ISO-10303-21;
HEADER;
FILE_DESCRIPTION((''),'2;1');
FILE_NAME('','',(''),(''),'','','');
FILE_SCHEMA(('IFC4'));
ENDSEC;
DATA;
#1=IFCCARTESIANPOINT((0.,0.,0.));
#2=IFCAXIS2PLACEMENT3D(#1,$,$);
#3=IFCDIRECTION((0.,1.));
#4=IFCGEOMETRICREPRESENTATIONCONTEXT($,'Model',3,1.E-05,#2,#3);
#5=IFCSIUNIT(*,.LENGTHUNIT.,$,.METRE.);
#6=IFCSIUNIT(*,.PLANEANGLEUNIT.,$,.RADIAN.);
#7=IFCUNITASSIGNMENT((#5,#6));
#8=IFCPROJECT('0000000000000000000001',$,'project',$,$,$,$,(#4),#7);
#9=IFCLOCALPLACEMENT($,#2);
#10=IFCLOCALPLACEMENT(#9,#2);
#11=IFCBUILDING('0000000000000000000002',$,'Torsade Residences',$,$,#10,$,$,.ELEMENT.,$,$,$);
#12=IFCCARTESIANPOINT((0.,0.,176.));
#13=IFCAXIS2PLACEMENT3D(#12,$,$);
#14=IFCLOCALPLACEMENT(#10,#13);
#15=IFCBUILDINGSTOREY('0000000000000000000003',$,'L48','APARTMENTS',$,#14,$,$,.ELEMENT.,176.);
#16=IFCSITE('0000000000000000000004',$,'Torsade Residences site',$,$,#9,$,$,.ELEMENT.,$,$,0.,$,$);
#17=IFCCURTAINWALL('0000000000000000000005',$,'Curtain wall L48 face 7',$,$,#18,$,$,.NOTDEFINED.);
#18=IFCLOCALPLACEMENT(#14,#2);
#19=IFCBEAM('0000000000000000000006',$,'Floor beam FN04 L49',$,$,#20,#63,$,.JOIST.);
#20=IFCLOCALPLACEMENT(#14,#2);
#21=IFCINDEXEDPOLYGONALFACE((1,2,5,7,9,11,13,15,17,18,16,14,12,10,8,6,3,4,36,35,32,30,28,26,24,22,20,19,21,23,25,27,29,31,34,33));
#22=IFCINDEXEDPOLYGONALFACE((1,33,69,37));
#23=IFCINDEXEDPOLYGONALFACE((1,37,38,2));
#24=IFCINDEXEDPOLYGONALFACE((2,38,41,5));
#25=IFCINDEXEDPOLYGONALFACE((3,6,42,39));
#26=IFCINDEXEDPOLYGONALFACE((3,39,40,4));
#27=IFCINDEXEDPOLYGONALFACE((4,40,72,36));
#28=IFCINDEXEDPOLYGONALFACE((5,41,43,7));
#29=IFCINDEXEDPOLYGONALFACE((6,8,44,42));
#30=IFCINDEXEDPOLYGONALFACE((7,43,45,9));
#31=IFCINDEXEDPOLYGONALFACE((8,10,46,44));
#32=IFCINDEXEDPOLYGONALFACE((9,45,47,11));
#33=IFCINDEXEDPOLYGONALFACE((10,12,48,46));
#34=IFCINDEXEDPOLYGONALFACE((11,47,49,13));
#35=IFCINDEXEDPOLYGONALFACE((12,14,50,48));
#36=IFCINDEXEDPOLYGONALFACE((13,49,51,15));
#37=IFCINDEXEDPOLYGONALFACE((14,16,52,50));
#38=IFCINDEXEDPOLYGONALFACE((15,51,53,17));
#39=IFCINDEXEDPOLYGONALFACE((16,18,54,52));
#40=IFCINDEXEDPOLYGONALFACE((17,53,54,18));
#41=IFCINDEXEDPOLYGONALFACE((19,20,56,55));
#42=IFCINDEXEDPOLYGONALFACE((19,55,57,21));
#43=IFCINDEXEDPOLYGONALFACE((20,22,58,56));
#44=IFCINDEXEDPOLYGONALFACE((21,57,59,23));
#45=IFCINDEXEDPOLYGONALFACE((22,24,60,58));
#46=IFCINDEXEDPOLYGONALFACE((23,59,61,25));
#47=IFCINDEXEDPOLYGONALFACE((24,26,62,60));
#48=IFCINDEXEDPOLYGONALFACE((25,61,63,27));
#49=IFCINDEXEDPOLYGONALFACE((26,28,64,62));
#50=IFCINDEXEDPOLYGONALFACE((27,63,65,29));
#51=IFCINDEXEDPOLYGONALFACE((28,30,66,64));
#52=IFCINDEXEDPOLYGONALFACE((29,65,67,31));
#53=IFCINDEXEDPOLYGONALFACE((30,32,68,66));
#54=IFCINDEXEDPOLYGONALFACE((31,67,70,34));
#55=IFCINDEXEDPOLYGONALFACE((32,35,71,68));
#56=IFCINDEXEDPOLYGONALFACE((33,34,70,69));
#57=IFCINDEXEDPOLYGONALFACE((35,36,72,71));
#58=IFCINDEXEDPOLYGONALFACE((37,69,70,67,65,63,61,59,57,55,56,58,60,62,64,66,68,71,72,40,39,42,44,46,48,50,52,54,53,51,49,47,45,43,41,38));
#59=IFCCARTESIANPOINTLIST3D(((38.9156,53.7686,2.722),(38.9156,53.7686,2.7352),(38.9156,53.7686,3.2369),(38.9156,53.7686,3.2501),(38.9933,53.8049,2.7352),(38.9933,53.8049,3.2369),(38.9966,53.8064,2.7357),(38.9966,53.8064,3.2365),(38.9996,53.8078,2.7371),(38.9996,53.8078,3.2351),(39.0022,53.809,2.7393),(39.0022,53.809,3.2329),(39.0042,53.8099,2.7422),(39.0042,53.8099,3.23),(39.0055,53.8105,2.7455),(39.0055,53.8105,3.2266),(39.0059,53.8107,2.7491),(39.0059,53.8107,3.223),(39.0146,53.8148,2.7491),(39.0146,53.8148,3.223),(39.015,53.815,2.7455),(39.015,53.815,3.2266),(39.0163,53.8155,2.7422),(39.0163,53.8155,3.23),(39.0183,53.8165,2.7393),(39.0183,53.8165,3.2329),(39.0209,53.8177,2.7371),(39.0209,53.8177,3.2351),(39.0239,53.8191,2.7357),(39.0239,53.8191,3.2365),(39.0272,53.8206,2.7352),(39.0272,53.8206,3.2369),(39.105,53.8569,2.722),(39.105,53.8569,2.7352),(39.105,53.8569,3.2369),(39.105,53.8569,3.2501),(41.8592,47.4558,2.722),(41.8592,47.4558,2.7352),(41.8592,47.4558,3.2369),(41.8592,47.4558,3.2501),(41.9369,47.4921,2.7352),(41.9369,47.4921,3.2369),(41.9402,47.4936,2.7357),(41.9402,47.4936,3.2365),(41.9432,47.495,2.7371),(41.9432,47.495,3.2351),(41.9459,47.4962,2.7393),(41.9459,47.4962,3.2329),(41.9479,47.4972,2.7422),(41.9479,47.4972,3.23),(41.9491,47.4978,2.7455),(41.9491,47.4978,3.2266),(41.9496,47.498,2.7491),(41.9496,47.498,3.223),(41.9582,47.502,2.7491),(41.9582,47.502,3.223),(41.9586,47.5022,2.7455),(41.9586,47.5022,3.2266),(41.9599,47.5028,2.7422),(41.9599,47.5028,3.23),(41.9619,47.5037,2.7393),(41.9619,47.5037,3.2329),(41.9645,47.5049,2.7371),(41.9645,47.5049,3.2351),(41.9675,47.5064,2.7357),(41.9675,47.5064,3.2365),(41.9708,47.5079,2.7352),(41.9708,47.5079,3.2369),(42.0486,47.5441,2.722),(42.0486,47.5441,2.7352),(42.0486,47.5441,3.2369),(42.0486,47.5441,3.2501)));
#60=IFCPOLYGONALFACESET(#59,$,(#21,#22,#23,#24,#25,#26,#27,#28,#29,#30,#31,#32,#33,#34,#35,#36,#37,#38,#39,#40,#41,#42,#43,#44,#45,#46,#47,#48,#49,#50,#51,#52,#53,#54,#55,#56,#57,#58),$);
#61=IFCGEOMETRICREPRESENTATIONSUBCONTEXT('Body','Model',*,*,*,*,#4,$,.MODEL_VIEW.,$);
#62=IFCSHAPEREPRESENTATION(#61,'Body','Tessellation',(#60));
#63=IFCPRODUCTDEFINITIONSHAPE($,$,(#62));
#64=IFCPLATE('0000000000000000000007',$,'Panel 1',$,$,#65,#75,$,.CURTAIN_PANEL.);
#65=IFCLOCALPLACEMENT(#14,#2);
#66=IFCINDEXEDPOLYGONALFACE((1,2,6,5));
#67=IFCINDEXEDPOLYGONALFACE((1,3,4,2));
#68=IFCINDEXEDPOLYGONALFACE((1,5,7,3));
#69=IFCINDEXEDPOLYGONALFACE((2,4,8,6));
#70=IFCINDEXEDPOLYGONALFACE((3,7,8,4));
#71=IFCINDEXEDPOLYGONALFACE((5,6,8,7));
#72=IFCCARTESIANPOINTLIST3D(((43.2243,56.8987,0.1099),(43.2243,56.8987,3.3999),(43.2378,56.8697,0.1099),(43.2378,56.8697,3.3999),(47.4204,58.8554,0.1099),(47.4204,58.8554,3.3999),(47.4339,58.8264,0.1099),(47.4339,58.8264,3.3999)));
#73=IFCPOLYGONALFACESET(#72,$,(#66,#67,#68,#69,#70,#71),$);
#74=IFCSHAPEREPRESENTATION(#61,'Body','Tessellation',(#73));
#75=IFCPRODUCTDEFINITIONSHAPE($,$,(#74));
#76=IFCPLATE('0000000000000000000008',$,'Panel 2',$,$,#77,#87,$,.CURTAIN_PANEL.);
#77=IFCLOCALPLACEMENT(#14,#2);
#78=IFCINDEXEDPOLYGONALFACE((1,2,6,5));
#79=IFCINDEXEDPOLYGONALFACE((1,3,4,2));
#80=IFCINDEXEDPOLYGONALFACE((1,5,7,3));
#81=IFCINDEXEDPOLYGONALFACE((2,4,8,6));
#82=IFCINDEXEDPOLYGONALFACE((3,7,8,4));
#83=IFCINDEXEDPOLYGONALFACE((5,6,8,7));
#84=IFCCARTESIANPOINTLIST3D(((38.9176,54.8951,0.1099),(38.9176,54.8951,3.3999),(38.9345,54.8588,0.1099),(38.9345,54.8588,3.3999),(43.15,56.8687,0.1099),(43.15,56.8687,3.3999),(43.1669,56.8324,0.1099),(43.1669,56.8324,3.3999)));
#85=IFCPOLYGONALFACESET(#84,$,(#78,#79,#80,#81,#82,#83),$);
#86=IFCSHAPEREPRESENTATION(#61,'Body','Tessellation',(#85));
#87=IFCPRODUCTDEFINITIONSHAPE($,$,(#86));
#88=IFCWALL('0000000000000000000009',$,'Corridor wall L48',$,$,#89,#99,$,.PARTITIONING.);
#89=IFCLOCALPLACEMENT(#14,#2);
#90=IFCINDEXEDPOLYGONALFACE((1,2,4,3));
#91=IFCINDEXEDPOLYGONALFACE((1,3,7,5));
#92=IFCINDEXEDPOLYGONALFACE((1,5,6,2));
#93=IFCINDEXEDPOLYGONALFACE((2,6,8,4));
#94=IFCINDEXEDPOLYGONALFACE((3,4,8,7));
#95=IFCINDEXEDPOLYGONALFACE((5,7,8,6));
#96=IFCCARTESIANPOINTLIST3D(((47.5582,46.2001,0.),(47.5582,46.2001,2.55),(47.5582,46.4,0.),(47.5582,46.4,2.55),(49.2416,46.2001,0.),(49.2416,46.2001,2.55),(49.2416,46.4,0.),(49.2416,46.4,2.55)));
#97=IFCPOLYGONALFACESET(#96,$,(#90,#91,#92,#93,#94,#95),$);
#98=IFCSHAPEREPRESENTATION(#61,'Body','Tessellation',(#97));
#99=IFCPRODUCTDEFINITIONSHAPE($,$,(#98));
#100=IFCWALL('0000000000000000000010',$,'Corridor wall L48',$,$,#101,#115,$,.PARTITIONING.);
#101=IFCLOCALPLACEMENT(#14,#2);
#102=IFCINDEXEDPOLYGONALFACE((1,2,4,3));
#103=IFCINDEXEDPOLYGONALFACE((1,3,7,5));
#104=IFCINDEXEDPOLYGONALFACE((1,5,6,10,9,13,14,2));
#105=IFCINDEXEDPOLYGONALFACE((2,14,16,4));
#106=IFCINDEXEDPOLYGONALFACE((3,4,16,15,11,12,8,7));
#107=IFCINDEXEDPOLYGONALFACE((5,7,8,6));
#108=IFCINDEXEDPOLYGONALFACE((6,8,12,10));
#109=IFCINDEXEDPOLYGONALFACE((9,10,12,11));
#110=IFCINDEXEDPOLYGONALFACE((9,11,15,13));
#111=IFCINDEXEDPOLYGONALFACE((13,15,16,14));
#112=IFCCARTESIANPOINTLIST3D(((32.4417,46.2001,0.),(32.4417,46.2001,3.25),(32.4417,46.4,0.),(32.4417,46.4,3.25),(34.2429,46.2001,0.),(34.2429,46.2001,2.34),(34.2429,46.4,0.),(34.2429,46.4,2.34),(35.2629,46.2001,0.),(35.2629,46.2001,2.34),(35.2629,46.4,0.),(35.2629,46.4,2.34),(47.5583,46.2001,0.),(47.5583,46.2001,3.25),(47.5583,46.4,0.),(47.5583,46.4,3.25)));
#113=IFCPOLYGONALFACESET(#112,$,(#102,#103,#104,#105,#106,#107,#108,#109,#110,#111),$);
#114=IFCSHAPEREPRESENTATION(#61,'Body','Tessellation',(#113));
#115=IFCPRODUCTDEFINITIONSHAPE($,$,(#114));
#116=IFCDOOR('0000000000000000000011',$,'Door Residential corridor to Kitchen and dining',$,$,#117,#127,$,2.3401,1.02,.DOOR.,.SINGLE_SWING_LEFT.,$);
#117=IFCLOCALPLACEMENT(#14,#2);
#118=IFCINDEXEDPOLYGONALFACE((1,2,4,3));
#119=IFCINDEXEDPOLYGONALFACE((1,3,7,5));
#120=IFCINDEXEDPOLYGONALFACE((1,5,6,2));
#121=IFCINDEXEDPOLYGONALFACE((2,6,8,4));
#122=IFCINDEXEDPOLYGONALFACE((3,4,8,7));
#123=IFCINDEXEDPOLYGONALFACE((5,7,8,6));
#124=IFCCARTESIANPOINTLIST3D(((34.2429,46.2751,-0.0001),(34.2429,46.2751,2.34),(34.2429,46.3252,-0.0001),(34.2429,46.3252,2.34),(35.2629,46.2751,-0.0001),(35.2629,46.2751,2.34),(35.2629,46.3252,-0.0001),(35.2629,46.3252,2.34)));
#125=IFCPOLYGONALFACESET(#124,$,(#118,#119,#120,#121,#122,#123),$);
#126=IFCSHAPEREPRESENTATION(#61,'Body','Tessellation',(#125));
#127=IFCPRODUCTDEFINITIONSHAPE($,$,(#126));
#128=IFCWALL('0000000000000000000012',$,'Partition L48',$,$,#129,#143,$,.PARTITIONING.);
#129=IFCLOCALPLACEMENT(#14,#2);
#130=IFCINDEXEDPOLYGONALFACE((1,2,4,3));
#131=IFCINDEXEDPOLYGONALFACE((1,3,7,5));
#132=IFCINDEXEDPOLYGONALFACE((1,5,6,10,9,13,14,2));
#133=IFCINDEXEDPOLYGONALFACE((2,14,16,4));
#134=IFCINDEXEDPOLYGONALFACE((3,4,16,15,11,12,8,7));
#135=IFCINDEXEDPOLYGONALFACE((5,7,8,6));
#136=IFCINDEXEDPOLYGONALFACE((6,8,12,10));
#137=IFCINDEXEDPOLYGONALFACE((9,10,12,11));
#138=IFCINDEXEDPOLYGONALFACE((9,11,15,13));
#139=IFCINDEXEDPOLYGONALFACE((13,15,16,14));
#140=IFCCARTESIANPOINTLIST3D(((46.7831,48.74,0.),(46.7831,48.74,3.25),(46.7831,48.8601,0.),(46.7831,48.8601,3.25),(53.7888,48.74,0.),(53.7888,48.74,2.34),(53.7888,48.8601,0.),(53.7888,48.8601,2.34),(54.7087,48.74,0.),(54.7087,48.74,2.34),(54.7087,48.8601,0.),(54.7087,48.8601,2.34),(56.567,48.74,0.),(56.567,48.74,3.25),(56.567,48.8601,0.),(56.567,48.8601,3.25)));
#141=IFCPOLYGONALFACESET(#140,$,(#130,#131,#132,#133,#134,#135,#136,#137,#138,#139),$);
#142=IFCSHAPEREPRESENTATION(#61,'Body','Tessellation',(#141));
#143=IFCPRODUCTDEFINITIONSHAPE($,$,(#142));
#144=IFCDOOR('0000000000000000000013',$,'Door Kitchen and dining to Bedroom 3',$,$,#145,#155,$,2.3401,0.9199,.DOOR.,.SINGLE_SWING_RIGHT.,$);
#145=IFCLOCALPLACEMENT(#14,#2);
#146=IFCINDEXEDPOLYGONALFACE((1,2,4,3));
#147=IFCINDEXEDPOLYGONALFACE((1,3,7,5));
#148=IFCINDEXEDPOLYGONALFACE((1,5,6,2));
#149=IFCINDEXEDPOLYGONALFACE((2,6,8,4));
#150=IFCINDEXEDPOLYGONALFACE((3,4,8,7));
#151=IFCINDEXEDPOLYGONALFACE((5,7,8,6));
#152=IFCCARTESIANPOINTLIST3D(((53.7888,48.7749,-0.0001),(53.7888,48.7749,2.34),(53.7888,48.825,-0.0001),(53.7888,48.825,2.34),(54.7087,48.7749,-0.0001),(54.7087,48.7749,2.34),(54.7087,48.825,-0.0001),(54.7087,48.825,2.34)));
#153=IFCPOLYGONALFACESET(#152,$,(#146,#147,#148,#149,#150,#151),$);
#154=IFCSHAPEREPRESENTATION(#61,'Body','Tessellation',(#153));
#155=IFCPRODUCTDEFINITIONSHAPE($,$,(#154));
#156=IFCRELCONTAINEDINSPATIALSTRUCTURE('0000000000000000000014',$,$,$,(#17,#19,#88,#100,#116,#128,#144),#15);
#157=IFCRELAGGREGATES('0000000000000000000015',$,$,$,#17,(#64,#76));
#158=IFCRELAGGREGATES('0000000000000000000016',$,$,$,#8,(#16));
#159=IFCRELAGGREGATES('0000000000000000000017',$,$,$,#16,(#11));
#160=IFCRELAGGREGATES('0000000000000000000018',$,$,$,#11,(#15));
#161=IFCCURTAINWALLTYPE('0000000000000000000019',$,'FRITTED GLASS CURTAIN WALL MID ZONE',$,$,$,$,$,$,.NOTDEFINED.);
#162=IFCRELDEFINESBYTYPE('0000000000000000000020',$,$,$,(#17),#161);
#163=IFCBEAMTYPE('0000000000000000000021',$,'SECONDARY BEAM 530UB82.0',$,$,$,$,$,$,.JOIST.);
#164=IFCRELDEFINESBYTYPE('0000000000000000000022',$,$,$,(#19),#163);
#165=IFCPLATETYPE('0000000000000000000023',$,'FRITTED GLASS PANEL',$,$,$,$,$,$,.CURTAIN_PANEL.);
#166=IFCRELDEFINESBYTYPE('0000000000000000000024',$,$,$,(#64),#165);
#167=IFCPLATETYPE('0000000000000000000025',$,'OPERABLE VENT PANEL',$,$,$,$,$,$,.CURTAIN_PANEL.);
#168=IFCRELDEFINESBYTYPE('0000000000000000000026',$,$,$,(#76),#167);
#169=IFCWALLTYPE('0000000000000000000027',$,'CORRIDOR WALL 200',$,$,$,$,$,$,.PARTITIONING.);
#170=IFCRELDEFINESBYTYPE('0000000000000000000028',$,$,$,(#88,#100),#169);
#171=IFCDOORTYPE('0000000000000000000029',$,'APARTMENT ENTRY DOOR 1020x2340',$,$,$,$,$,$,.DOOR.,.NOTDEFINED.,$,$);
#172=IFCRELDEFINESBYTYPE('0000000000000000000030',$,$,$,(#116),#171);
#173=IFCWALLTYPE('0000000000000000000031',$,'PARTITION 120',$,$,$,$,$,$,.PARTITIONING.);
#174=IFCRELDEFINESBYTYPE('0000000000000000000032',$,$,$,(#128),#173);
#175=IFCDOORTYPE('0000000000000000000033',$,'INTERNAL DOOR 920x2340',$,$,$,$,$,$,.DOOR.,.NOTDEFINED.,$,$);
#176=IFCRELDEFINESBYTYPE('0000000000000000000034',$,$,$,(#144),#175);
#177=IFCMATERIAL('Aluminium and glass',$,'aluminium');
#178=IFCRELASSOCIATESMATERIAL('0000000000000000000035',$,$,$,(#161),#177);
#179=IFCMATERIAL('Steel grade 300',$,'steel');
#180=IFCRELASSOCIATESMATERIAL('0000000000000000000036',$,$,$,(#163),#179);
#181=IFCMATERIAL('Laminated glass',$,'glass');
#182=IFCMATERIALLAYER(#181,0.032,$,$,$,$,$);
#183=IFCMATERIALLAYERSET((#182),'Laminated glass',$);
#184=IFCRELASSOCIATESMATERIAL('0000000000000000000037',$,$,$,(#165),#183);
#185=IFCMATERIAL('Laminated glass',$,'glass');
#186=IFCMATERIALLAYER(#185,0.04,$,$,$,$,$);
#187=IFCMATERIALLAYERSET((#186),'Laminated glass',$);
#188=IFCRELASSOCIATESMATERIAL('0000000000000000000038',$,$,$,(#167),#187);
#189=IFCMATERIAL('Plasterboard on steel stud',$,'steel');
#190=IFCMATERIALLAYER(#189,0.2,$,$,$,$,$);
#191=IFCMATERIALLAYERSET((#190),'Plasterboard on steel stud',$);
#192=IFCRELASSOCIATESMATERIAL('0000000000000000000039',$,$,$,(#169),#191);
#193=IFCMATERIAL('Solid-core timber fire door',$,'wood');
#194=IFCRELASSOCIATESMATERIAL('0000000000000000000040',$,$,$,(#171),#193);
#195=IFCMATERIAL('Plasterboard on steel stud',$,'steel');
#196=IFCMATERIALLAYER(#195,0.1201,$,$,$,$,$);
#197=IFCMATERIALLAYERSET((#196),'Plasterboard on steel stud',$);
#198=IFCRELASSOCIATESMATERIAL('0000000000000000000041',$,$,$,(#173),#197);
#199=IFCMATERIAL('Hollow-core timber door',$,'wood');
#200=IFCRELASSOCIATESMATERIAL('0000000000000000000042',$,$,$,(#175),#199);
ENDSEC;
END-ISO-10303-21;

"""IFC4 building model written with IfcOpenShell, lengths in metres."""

from ifc_helpers import new_model, si_unit, direction, frame, frame_2d, origin, origin_2d, place, context, subcontext, project, spatial, rectangle, i_section, extrude, material, layer, layer_set, material_profile, profile_set, type_object, element, fill, aggregate, save


model = new_model("IFC4")

# Units and contexts
model_context = context("Model", 3, precision=1e-05, world=origin(), true_north=direction((0.0, 1.0)))
body_context = subcontext(model_context, "Body", "Model", "MODEL_VIEW")
ifc_project = project(units=[si_unit("LENGTHUNIT", "METRE"), si_unit("PLANEANGLEUNIT", "RADIAN")], contexts=[model_context])

# Site, building, storey
site_placement = place(None, origin())
site = spatial("IfcSite", under=ifc_project, at=site_placement, Name="Torsade Residences site", CompositionType="ELEMENT", RefElevation=0.0)
building_placement = place(site_placement, origin())
building = spatial("IfcBuilding", under=site, at=building_placement, Name="Torsade Residences", CompositionType="ELEMENT")
storey_placement = place(building_placement, frame((0.0, 0.0, 176.0)))
storey = spatial("IfcBuildingStorey", under=building, at=storey_placement, Name="L48", Description="APARTMENTS", CompositionType="ELEMENT", Elevation=176.0)

# Curtain wall
ifc_material_1 = material(Name="Aluminium and glass", Category="aluminium")
curtain_wall_type = type_object("IfcCurtainWallType", Name="FRITTED GLASS CURTAIN WALL MID ZONE", PredefinedType="NOTDEFINED", material=ifc_material_1)
curtain_wall_placement = place(storey_placement, origin())
curtain_wall = element("IfcCurtainWall", 1, at=curtain_wall_placement, inside=storey, type_object=curtain_wall_type, Name="Curtain wall L48 face 7", PredefinedType="NOTDEFINED")

# Beam
ifc_material_2 = material(Name="Steel grade 300", Category="steel")
ifc_material_profile_1 = material_profile(ifc_material_2, i_section(OverallWidth=0.209, OverallDepth=0.5281, WebThickness=0.0095, FlangeThickness=0.0132, FilletRadius=0.0139, at=origin_2d()), Name="530UB82.0")
ifc_profile_set_1 = profile_set([ifc_material_profile_1], Name="Steel grade 300")
beam_type_1 = type_object("IfcBeamType", Name="SECONDARY BEAM 530UB82.0", PredefinedType="JOIST", material=ifc_profile_set_1)
beam_1_placement = place(storey_placement, frame((39.0103, 53.8127, 2.9861), z_axis=(0.422609, -0.906312, 0.0), x_axis=(0.906312, 0.422609, 0.0)))
element("IfcBeam", 2, at=beam_1_placement, inside=storey, type_object=beam_type_1, Name="Floor beam FN04 L49", PredefinedType="JOIST", context=body_context, shape_type="SweptSolid", body=[
    extrude(i_section(OverallWidth=0.209, OverallDepth=0.5281, WebThickness=0.0095, FlangeThickness=0.0132, FilletRadius=0.0139, at=origin_2d()), origin(), (0.0, 0.0, 1.0), 6.9653),
])

# Plates
ifc_material_3 = material(Name="Laminated glass", Category="glass")
ifc_layer_1 = layer(ifc_material_3, 0.032)
ifc_layer_set_1 = layer_set([ifc_layer_1], Name="Laminated glass")
plate_type_1 = type_object("IfcPlateType", Name="FRITTED GLASS PANEL", PredefinedType="CURTAIN_PANEL", material=ifc_layer_set_1)
plate_1_placement = place(storey_placement, frame((45.3291, 57.8625, 0.1099), z_axis=(0.0, 0.0, 1.0), x_axis=(-0.906308, -0.422618, 0.0)))
plate_1 = element("IfcPlate", 3, at=plate_1_placement, type_object=plate_type_1, Name="Panel 1", PredefinedType="CURTAIN_PANEL", context=body_context, shape_type="SweptSolid", body=[
    extrude(rectangle(XDim=4.6299, YDim=0.032, at=origin_2d()), origin(), (0.0, 0.0, 1.0), 3.29),
])
ifc_material_4 = material(Name="Laminated glass", Category="glass")
ifc_layer_2 = layer(ifc_material_4, 0.04)
ifc_layer_set_2 = layer_set([ifc_layer_2], Name="Laminated glass")
plate_type_2 = type_object("IfcPlateType", Name="OPERABLE VENT PANEL", PredefinedType="CURTAIN_PANEL", material=ifc_layer_set_2)
plate_2_placement = place(storey_placement, frame((41.0422, 55.8638, 0.1099), z_axis=(0.0, 0.0, 1.0), x_axis=(-0.906308, -0.422618, 0.0)))
plate_2 = element("IfcPlate", 4, at=plate_2_placement, type_object=plate_type_2, Name="Panel 2", PredefinedType="CURTAIN_PANEL", context=body_context, shape_type="SweptSolid", body=[
    extrude(rectangle(XDim=4.6699, YDim=0.04, at=origin_2d()), origin(), (0.0, 0.0, 1.0), 3.29),
])
aggregate(curtain_wall, [plate_1, plate_2])

# Wall
ifc_material_5 = material(Name="Plasterboard on steel stud", Category="steel")
ifc_layer_3 = layer(ifc_material_5, 0.2)
ifc_layer_set_3 = layer_set([ifc_layer_3], Name="Plasterboard on steel stud")
wall_type_1 = type_object("IfcWallType", Name="CORRIDOR WALL 200", PredefinedType="PARTITIONING", material=ifc_layer_set_3)
wall_1_placement = place(storey_placement, frame((49.2417, 46.3, 0.0), z_axis=(0.0, 0.0, 1.0), x_axis=(-1.0, 0.0, 0.0)))
element("IfcWall", 5, at=wall_1_placement, inside=storey, type_object=wall_type_1, Name="Corridor wall L48", PredefinedType="PARTITIONING", context=body_context, shape_type="SweptSolid", body=[
    extrude(rectangle(XDim=1.6833, YDim=0.2, at=frame_2d((0.8418, 0.0))), origin(), (0.0, 0.0, 1.0), 2.55),
])

# Walls, openings, doors
wall_2_placement = place(storey_placement, frame((47.5583, 46.3, 0.0), z_axis=(0.0, 0.0, 1.0), x_axis=(-1.0, 0.0, 0.0)))
wall_2 = element("IfcWall", 6, at=wall_2_placement, inside=storey, type_object=wall_type_1, Name="Corridor wall L48", PredefinedType="PARTITIONING", context=body_context, shape_type="SweptSolid", body=[
    extrude(rectangle(XDim=15.1167, YDim=0.2, at=frame_2d((7.5583, 0.0))), origin(), (0.0, 0.0, 1.0), 3.25),
])
opening_1_placement = place(wall_2_placement, frame((12.2954, 0.0, 0.0)))
opening_1 = element("IfcOpeningElement", 7, at=opening_1_placement, cuts=wall_2, PredefinedType="OPENING", context=body_context, shape_type="SweptSolid", body=[
    extrude(rectangle(XDim=1.02, YDim=2.3401, at=frame_2d((0.51, 1.1699))), frame((0.0, 0.1099, 0.0), z_axis=(0.0, -1.0, 0.0), x_axis=(1.0, 0.0, 0.0)), (0.0, 0.0, 1.0), 0.22),
])
ifc_material_6 = material(Name="Solid-core timber fire door", Category="wood")
door_type_1 = type_object("IfcDoorType", Name="APARTMENT ENTRY DOOR 1020x2340", OperationType="NOTDEFINED", PredefinedType="DOOR", material=ifc_material_6)
door_1_placement = place(opening_1_placement, origin())
door_1 = element("IfcDoor", 8, at=door_1_placement, inside=storey, type_object=door_type_1, Name="Door Residential corridor to Kitchen and dining", OperationType="SINGLE_SWING_LEFT", OverallHeight=2.3401, OverallWidth=1.02, PredefinedType="DOOR", context=body_context, shape_type="SweptSolid", body=[
    extrude(rectangle(XDim=1.02, YDim=2.3401, at=frame_2d((0.51, 1.1699))), frame((0.0, 0.0249, 0.0), z_axis=(0.0, -1.0, 0.0), x_axis=(1.0, 0.0, 0.0)), (0.0, 0.0, 1.0), 0.05),
])
fill(opening_1, door_1)
ifc_material_7 = material(Name="Plasterboard on steel stud", Category="steel")
ifc_layer_4 = layer(ifc_material_7, 0.1201)
ifc_layer_set_4 = layer_set([ifc_layer_4], Name="Plasterboard on steel stud")
wall_type_2 = type_object("IfcWallType", Name="PARTITION 120", PredefinedType="PARTITIONING", material=ifc_layer_set_4)
wall_3_placement = place(storey_placement, frame((46.783, 48.8, 0.0), z_axis=(0.0, 0.0, 1.0), x_axis=(1.0, 0.0, 0.0)))
wall_3 = element("IfcWall", 9, at=wall_3_placement, inside=storey, type_object=wall_type_2, Name="Partition L48", PredefinedType="PARTITIONING", context=body_context, shape_type="SweptSolid", body=[
    extrude(rectangle(XDim=9.7839, YDim=0.1201, at=frame_2d((4.8921, 0.0))), origin(), (0.0, 0.0, 1.0), 3.25),
])
opening_2_placement = place(wall_3_placement, frame((7.0059, 0.0, 0.0)))
opening_2 = element("IfcOpeningElement", 10, at=opening_2_placement, cuts=wall_3, PredefinedType="OPENING", context=body_context, shape_type="SweptSolid", body=[
    extrude(rectangle(XDim=0.9199, YDim=2.3401, at=frame_2d((0.46, 1.1699))), frame((0.0, 0.0701, 0.0), z_axis=(0.0, -1.0, 0.0), x_axis=(1.0, 0.0, 0.0)), (0.0, 0.0, 1.0), 0.1401),
])
ifc_material_8 = material(Name="Hollow-core timber door", Category="wood")
door_type_2 = type_object("IfcDoorType", Name="INTERNAL DOOR 920x2340", OperationType="NOTDEFINED", PredefinedType="DOOR", material=ifc_material_8)
door_2_placement = place(opening_2_placement, origin())
door_2 = element("IfcDoor", 11, at=door_2_placement, inside=storey, type_object=door_type_2, Name="Door Kitchen and dining to Bedroom 3", OperationType="SINGLE_SWING_RIGHT", OverallHeight=2.3401, OverallWidth=0.9199, PredefinedType="DOOR", context=body_context, shape_type="SweptSolid", body=[
    extrude(rectangle(XDim=0.9199, YDim=2.3401, at=frame_2d((0.46, 1.1699))), frame((0.0, 0.0249, 0.0), z_axis=(0.0, -1.0, 0.0), x_axis=(1.0, 0.0, 0.0)), (0.0, 0.0, 1.0), 0.05),
])
fill(opening_2, door_2)

save(model, "model.ifc")
